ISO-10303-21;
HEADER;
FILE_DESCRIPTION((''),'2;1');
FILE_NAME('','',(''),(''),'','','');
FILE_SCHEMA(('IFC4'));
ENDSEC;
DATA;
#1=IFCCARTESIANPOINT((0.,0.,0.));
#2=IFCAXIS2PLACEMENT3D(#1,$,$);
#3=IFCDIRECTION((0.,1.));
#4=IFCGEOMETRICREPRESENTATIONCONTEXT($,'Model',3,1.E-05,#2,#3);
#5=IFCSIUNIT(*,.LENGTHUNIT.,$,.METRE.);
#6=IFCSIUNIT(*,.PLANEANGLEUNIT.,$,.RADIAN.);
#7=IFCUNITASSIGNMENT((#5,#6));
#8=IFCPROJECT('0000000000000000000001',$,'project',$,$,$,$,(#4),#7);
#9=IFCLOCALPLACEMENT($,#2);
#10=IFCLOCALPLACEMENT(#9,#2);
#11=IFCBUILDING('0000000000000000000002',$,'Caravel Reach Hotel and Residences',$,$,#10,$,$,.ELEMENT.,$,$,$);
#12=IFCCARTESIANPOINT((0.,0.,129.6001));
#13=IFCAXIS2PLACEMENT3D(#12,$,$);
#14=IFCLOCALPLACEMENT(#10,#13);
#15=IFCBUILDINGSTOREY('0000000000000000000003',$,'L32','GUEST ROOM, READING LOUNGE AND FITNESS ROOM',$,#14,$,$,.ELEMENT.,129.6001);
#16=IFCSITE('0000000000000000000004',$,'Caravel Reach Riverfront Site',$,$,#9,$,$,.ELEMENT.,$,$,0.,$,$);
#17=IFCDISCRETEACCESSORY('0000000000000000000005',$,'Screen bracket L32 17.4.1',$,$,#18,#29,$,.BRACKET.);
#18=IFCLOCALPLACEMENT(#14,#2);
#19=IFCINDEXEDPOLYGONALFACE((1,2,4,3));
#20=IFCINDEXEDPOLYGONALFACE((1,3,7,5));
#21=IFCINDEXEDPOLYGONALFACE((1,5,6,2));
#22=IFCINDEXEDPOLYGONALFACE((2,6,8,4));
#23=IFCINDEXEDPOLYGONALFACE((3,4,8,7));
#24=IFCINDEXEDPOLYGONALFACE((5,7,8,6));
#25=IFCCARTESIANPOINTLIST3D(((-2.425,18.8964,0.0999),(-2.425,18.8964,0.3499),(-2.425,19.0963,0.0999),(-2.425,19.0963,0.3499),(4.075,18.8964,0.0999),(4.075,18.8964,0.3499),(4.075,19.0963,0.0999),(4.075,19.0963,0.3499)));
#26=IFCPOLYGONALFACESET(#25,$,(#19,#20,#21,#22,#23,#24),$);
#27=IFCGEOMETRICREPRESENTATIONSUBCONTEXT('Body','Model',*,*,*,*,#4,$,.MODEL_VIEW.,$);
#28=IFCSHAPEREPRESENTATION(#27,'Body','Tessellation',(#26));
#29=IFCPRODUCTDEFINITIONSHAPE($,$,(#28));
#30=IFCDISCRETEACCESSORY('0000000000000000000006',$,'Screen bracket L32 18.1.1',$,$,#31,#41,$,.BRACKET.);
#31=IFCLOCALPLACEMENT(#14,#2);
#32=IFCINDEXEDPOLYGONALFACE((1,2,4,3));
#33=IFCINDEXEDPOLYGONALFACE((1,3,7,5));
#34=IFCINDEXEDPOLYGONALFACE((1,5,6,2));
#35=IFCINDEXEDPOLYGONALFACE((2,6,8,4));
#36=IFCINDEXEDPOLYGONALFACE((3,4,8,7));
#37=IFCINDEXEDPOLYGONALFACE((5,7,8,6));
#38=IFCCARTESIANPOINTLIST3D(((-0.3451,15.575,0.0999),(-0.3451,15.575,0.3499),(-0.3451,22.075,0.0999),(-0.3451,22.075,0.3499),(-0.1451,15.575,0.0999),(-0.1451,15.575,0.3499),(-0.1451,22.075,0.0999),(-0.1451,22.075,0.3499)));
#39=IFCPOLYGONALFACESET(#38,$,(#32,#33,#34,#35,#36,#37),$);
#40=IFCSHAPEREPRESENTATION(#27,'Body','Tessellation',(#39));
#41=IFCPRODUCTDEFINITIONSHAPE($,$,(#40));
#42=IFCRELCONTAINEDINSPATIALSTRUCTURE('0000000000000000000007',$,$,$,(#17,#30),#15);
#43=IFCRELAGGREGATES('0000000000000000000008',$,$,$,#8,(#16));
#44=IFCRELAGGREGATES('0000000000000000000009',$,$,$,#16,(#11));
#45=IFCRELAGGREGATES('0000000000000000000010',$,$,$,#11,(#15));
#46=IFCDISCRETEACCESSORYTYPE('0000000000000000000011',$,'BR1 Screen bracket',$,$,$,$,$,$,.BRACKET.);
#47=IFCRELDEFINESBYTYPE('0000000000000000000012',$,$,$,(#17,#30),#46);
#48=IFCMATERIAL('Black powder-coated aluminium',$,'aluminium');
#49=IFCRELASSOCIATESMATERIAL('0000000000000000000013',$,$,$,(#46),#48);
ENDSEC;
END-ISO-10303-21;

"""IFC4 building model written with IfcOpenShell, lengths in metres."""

from ifc_helpers import new_model, si_unit, direction, frame, origin, origin_2d, place, context, subcontext, project, spatial, rectangle, extrude, material, type_object, element, save


model = new_model("IFC4")

# Units and contexts
model_context = context("Model", 3, precision=1e-05, world=origin(), true_north=direction((0.0, 1.0)))
body_context = subcontext(model_context, "Body", "Model", "MODEL_VIEW")
ifc_project = project(units=[si_unit("LENGTHUNIT", "METRE"), si_unit("PLANEANGLEUNIT", "RADIAN")], contexts=[model_context])

# Site, building, storey
site_placement = place(None, origin())
site = spatial("IfcSite", under=ifc_project, at=site_placement, Name="Caravel Reach Riverfront Site", CompositionType="ELEMENT", RefElevation=0.0)
building_placement = place(site_placement, origin())
building = spatial("IfcBuilding", under=site, at=building_placement, Name="Caravel Reach Hotel and Residences", CompositionType="ELEMENT")
storey_placement = place(building_placement, frame((0.0, 0.0, 129.6001)))
storey = spatial("IfcBuildingStorey", under=building, at=storey_placement, Name="L32", Description="GUEST ROOM, READING LOUNGE AND FITNESS ROOM", CompositionType="ELEMENT", Elevation=129.6001)

# Discrete accessories
ifc_material_1 = material(Name="Black powder-coated aluminium", Category="aluminium")
discrete_accessory_type = type_object("IfcDiscreteAccessoryType", Name="BR1 Screen bracket", PredefinedType="BRACKET", material=ifc_material_1)
for number, where, z_axis, x_axis, name in (
    (1, (0.825, 18.9963, 0.0999), (0.0, 0.0, 1.0), (-1.0, 0.0, 0.0), "Screen bracket L32 17.4.1"),
    (2, (-0.2451, 18.825, 0.0999), (0.0, 0.0, 1.0), (0.0, -1.0, 0.0), "Screen bracket L32 18.1.1"),
):
    element("IfcDiscreteAccessory", number, at=place(storey_placement, frame(where, z_axis=z_axis, x_axis=x_axis)), inside=storey, type_object=discrete_accessory_type, Name=name, PredefinedType="BRACKET", context=body_context, shape_type="SweptSolid", body=[
        extrude(rectangle(XDim=6.5, YDim=0.2, at=origin_2d()), origin(), (0.0, 0.0, 1.0), 0.25),
    ])

save(model, "model.ifc")
